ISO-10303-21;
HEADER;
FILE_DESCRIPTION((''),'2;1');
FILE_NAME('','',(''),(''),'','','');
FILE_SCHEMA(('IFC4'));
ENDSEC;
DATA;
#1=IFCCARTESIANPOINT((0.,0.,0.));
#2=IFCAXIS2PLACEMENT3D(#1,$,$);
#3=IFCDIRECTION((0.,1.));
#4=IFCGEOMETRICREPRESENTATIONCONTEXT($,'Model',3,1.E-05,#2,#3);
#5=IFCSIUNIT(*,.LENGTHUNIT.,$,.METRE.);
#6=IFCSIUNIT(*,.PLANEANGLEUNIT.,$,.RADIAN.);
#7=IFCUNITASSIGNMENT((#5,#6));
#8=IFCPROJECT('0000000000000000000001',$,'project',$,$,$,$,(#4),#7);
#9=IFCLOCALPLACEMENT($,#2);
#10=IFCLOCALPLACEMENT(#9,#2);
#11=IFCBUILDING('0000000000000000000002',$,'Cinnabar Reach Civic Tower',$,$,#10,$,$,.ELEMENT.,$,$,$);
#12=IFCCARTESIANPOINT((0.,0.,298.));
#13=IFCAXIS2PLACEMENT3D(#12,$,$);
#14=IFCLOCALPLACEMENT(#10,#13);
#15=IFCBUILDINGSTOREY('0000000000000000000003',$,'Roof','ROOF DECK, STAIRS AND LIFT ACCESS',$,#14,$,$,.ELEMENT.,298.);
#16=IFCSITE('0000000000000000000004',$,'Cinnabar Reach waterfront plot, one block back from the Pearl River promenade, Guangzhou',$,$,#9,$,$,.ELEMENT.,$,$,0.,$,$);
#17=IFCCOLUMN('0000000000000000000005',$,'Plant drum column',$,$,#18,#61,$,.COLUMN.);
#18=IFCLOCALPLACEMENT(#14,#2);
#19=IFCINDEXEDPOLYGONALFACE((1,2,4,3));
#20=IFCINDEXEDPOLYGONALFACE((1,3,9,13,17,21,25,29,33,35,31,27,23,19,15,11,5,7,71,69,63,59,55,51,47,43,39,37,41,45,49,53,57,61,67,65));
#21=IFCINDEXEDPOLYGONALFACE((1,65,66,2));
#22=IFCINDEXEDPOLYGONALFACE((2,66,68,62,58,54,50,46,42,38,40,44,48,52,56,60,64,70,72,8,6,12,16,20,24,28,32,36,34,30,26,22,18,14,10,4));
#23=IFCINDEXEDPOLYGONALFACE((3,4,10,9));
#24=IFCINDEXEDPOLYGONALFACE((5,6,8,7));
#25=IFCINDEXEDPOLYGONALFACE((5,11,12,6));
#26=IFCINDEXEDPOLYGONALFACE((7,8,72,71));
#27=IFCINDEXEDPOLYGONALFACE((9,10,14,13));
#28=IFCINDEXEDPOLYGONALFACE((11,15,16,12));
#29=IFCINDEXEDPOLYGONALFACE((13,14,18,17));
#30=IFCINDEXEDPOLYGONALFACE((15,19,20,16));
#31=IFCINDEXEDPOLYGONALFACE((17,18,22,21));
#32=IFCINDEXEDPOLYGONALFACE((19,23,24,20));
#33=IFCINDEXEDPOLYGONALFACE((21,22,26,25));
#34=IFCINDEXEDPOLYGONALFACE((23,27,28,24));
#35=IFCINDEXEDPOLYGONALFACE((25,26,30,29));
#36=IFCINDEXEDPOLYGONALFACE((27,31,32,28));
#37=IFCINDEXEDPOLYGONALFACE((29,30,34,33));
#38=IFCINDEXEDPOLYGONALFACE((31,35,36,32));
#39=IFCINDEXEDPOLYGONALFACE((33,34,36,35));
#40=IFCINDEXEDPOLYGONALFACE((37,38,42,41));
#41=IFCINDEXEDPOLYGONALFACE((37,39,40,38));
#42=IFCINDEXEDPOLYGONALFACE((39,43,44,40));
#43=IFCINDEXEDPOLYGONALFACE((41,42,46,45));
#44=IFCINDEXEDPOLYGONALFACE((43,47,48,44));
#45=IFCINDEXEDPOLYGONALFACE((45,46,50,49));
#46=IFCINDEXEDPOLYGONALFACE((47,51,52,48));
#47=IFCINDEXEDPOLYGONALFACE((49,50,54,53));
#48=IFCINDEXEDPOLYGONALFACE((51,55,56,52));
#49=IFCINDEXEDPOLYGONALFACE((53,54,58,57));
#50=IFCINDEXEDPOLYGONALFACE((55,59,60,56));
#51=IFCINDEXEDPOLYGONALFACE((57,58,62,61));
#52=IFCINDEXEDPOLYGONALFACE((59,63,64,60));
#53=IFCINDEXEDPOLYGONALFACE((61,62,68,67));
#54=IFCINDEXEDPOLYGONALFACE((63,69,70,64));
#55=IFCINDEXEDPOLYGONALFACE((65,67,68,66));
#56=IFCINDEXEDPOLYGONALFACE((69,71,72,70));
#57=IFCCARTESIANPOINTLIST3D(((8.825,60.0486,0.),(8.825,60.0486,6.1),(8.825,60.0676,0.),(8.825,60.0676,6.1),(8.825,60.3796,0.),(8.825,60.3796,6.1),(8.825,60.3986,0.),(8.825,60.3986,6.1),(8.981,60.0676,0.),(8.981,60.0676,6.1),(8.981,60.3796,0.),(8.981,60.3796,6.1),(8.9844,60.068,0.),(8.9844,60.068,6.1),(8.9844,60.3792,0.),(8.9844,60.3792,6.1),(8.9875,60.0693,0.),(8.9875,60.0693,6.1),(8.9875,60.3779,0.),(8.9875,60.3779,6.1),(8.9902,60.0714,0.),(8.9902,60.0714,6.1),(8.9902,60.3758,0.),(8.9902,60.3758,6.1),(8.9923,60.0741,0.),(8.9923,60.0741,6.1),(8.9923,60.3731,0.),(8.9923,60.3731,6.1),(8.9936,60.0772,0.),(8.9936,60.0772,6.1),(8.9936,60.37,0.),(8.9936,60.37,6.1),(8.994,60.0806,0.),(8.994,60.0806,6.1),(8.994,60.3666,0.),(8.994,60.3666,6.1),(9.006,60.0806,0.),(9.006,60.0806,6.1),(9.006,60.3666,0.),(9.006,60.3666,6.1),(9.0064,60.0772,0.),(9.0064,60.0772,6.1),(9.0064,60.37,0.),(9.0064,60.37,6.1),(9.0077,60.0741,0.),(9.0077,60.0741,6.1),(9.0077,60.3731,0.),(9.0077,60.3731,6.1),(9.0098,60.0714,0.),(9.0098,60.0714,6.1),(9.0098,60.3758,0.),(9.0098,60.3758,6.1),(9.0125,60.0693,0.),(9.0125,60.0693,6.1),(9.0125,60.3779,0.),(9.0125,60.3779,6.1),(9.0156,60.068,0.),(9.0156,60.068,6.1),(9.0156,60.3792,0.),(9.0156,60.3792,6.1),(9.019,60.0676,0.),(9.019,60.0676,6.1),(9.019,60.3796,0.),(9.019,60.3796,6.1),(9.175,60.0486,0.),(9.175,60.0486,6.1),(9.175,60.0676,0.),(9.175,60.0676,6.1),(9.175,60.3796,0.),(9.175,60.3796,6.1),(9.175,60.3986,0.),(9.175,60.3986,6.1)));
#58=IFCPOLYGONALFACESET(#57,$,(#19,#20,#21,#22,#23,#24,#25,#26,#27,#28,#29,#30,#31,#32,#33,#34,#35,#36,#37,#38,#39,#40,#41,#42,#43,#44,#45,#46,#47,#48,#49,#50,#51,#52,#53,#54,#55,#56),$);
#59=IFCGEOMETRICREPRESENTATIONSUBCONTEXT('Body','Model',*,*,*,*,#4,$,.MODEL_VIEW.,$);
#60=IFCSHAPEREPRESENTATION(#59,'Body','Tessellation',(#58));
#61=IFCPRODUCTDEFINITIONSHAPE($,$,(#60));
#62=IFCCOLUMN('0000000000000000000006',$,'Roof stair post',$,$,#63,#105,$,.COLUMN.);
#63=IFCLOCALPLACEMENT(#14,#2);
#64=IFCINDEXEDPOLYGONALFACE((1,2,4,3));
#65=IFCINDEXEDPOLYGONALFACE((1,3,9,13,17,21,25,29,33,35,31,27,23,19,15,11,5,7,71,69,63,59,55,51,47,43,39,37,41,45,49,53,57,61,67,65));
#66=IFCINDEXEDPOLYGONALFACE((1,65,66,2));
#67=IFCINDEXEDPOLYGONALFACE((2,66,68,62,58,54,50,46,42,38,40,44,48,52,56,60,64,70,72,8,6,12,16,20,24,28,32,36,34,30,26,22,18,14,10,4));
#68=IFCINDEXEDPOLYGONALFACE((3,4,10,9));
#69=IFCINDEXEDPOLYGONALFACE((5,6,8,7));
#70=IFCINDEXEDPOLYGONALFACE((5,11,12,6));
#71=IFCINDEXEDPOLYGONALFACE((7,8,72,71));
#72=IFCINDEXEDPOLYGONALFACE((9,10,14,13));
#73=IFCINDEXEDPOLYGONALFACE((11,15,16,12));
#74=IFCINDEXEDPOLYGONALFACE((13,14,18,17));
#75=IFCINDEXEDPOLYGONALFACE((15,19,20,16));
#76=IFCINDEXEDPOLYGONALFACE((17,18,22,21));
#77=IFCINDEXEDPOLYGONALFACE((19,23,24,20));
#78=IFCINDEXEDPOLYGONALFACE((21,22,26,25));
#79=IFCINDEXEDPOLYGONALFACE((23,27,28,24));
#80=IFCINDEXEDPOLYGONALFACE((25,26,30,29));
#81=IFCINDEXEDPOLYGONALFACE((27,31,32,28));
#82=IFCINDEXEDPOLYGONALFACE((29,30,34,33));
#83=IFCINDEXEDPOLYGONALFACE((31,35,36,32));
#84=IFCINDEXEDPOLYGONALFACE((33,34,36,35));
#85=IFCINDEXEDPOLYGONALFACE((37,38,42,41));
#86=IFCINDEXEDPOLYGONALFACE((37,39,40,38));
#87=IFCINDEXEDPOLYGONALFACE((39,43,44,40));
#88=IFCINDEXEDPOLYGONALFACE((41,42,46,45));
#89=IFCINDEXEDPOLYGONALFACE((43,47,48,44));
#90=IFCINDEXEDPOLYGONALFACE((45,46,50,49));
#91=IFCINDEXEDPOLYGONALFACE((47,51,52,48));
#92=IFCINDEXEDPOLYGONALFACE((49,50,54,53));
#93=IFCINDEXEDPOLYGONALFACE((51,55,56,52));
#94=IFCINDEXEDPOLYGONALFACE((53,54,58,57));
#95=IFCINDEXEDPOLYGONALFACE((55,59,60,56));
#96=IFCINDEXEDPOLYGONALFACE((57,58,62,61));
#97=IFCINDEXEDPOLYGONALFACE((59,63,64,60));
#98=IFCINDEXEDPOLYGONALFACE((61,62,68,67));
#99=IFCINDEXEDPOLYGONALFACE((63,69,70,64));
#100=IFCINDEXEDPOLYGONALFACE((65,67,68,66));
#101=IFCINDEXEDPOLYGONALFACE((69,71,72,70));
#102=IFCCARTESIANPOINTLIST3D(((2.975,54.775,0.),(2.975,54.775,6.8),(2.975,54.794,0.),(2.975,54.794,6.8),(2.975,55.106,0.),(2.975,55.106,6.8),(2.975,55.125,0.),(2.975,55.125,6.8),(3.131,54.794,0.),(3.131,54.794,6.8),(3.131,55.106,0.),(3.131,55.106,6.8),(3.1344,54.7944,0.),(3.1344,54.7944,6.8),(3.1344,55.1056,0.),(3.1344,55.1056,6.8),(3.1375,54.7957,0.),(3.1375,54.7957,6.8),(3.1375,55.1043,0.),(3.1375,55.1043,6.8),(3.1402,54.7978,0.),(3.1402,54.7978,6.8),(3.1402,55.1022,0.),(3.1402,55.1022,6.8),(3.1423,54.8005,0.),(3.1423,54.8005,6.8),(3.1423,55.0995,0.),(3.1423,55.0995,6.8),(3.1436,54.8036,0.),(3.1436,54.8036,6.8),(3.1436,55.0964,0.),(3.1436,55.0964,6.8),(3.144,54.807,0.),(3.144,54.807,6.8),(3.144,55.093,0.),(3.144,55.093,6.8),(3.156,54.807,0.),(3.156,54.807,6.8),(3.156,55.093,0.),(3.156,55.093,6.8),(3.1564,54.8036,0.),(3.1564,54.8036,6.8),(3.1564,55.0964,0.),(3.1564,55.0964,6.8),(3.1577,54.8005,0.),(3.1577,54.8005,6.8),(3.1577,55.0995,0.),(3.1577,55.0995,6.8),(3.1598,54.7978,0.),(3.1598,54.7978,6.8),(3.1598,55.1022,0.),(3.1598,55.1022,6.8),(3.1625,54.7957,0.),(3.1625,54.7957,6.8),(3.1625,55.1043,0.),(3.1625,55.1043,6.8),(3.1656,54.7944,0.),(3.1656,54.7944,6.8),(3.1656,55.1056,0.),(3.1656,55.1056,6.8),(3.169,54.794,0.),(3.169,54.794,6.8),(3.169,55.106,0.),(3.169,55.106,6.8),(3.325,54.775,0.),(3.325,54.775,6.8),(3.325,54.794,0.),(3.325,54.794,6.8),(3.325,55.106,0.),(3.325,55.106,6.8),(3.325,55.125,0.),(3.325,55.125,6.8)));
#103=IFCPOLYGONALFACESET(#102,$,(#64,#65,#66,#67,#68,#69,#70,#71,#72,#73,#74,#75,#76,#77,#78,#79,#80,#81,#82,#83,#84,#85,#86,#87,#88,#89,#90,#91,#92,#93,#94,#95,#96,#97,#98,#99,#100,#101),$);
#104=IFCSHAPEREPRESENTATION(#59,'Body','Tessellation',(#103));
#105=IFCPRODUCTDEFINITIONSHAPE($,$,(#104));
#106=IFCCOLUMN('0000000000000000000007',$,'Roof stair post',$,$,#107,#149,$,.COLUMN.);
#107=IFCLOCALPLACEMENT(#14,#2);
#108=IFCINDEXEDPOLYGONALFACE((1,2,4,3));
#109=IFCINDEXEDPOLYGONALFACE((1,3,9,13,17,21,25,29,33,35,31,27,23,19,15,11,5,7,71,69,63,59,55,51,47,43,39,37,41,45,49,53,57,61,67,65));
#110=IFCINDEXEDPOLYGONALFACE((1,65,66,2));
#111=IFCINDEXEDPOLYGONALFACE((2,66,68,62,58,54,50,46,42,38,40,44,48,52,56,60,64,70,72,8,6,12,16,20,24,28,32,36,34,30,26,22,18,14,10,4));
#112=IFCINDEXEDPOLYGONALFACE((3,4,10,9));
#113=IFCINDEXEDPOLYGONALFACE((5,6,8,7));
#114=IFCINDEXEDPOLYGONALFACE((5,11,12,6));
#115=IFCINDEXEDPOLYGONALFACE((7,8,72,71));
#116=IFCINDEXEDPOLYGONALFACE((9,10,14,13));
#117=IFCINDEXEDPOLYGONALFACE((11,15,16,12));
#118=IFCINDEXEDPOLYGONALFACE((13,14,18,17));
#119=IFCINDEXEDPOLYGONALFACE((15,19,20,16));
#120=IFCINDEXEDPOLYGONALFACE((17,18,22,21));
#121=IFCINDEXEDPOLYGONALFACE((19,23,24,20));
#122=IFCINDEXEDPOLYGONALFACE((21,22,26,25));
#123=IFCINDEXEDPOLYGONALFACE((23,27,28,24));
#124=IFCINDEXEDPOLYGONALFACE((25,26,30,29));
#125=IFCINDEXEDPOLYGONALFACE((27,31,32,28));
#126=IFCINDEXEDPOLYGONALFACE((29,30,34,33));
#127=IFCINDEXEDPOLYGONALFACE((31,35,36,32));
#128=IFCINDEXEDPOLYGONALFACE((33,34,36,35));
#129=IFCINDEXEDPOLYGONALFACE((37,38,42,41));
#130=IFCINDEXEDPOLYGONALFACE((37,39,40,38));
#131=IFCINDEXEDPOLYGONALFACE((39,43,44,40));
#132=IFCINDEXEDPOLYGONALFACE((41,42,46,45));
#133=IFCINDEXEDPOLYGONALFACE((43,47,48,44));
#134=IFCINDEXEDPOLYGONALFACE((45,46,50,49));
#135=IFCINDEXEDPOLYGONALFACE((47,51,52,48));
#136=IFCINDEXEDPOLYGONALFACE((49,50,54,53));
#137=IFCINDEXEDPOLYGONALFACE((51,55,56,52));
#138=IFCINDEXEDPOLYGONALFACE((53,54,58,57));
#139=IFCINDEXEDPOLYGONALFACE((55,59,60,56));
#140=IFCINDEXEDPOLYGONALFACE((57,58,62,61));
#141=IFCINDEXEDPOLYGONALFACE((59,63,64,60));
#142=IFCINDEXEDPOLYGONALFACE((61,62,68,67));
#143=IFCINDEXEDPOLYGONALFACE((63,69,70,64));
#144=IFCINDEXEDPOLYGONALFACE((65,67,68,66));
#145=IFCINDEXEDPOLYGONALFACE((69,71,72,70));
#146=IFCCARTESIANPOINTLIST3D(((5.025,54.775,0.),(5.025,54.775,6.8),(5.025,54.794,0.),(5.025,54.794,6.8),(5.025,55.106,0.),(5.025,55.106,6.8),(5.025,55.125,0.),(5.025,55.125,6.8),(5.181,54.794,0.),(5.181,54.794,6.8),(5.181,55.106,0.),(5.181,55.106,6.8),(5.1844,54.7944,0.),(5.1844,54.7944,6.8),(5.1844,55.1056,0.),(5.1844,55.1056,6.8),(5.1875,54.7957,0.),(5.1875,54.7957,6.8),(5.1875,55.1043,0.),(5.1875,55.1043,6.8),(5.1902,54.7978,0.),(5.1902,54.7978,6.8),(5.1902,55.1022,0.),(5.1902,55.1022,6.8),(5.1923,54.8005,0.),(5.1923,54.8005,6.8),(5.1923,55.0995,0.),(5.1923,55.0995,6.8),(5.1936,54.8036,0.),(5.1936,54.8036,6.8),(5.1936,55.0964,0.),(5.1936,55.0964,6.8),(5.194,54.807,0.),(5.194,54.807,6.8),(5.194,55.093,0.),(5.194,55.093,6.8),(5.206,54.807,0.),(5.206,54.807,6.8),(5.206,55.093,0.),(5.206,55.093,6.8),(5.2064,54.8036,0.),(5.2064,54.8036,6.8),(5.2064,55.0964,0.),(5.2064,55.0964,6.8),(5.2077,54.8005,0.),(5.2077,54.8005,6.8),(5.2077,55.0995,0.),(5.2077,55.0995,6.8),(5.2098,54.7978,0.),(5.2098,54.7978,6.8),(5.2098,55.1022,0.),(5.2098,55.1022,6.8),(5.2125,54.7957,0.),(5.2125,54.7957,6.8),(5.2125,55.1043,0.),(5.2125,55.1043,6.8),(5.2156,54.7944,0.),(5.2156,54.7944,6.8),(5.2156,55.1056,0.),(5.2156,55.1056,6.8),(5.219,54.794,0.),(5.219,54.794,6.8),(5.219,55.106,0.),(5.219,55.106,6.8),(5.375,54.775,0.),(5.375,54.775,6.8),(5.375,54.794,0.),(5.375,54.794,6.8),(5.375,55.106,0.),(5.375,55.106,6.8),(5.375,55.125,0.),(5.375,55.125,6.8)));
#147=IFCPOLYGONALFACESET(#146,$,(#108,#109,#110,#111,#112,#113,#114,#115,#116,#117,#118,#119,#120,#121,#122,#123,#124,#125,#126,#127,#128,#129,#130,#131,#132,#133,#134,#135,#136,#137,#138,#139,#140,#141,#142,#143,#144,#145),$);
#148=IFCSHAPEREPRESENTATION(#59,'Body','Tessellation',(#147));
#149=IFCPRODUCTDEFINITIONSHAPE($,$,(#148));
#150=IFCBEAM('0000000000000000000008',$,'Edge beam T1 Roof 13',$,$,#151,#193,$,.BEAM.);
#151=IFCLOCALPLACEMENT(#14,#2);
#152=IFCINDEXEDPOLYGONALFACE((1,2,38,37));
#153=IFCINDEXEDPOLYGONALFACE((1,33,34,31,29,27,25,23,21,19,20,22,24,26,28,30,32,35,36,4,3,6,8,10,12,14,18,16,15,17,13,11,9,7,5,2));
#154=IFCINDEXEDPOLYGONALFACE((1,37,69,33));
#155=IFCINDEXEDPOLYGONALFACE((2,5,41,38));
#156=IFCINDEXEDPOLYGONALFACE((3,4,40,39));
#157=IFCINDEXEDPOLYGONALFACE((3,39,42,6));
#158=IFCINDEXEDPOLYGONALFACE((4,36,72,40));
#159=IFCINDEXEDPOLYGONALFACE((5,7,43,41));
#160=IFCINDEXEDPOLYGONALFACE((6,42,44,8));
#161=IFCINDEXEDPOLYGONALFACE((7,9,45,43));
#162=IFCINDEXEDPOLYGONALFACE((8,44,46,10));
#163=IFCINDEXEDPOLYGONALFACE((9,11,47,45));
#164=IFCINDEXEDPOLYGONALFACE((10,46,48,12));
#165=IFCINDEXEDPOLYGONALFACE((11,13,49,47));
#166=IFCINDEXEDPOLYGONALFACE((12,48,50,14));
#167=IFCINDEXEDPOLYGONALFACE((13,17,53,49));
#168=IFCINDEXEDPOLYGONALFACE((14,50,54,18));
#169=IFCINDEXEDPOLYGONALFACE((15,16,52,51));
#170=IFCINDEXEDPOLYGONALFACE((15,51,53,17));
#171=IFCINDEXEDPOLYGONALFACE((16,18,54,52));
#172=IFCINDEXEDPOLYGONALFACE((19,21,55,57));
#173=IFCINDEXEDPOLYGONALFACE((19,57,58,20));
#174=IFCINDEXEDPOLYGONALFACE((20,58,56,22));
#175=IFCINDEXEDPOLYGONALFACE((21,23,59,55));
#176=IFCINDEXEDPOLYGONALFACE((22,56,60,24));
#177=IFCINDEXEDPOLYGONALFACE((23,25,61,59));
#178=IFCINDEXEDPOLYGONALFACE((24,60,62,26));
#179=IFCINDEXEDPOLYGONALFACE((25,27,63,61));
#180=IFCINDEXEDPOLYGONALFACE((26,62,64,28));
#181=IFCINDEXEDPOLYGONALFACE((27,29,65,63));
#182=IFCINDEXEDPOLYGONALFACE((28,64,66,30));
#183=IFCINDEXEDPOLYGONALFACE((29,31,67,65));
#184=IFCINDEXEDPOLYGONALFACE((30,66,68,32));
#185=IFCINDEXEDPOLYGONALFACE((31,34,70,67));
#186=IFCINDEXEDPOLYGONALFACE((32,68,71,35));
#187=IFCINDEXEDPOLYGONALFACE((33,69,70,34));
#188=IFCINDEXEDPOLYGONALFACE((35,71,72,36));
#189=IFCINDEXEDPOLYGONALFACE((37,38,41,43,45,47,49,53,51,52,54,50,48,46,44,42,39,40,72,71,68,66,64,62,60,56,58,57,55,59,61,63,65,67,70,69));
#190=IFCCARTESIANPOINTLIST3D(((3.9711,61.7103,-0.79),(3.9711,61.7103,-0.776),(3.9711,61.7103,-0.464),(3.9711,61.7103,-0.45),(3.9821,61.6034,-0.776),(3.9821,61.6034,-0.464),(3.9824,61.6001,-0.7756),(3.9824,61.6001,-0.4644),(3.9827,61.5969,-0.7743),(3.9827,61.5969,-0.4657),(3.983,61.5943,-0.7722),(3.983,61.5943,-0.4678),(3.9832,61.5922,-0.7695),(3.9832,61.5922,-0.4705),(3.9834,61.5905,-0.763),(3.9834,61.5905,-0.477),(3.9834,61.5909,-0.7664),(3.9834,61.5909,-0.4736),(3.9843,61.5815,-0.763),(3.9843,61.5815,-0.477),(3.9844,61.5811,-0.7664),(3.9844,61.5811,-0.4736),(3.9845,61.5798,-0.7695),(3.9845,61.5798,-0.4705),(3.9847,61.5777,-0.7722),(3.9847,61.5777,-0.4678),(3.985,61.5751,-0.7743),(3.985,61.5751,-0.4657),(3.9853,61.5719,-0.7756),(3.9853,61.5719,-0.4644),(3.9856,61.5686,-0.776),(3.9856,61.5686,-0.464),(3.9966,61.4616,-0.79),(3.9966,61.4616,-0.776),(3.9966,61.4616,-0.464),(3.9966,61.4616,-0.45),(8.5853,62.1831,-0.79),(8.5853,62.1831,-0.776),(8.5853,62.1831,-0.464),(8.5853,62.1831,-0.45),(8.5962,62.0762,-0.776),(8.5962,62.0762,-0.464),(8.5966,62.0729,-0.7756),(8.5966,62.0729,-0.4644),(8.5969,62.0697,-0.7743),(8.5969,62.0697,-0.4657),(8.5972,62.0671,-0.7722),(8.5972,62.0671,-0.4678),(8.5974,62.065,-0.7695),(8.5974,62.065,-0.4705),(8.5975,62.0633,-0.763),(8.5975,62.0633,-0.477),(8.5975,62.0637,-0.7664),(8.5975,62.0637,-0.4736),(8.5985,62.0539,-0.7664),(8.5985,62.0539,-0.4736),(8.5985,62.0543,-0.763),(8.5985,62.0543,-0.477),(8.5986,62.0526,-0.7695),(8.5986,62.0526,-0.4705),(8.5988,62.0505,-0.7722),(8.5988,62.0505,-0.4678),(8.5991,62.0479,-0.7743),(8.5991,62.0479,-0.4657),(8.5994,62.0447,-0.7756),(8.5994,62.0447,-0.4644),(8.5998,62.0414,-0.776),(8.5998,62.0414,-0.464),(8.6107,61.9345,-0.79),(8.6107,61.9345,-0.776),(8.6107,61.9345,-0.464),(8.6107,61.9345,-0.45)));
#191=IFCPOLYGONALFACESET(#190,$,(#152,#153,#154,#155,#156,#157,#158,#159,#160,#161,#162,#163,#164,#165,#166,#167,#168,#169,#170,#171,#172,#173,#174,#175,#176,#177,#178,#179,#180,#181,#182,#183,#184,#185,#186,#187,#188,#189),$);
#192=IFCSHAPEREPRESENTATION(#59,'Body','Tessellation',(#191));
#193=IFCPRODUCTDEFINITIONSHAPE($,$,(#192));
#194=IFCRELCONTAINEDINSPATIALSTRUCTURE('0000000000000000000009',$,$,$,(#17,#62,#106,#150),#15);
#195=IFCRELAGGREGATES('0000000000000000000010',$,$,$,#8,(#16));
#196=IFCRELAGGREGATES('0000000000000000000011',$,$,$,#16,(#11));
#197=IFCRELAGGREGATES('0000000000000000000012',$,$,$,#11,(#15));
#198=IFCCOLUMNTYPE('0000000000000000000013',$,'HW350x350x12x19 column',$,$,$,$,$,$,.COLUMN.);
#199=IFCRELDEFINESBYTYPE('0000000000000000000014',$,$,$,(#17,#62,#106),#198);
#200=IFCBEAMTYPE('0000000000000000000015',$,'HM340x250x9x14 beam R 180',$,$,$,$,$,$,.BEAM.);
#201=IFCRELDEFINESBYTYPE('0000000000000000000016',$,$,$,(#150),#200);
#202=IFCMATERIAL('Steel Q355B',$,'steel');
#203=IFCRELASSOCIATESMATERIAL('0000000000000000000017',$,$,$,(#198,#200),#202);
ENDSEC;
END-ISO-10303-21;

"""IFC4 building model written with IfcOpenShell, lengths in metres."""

from ifc_helpers import new_model, si_unit, direction, frame, origin, origin_2d, place, context, subcontext, project, spatial, i_section, extrude, material, material_profile, profile_set, type_object, element, save


model = new_model("IFC4")

# Units and contexts
model_context = context("Model", 3, precision=1e-05, world=origin(), true_north=direction((0.0, 1.0)))
body_context = subcontext(model_context, "Body", "Model", "MODEL_VIEW")
ifc_project = project(units=[si_unit("LENGTHUNIT", "METRE"), si_unit("PLANEANGLEUNIT", "RADIAN")], contexts=[model_context])

# Site, building, storey
site_placement = place(None, origin())
site = spatial("IfcSite", under=ifc_project, at=site_placement, Name="Cinnabar Reach waterfront plot, one block back from the Pearl River promenade, Guangzhou", CompositionType="ELEMENT", RefElevation=0.0)
building_placement = place(site_placement, origin())
building = spatial("IfcBuilding", under=site, at=building_placement, Name="Cinnabar Reach Civic Tower", CompositionType="ELEMENT")
storey_placement = place(building_placement, frame((0.0, 0.0, 298.0)))
storey = spatial("IfcBuildingStorey", under=building, at=storey_placement, Name="Roof", Description="ROOF DECK, STAIRS AND LIFT ACCESS", CompositionType="ELEMENT", Elevation=298.0)

# Columns
ifc_material_1 = material(Name="Steel Q355B", Category="steel")
ifc_material_profile_1 = material_profile(ifc_material_1, i_section(OverallWidth=0.35, OverallDepth=0.35, WebThickness=0.012, FlangeThickness=0.019, FilletRadius=0.013, at=origin_2d()), Name="HW350x350x12x19")
ifc_profile_set_1 = profile_set([ifc_material_profile_1], Name="Steel Q355B")
column_type = type_object("IfcColumnType", Name="HW350x350x12x19 column", PredefinedType="COLUMN", material=ifc_profile_set_1)
column_placement = place(storey_placement, frame((9.0, 60.2236, 0.0), z_axis=(0.0, 0.0, 1.0), x_axis=(1.0, 0.0, 0.0)))
element("IfcColumn", 1, at=column_placement, inside=storey, type_object=column_type, Name="Plant drum column", PredefinedType="COLUMN", context=body_context, shape_type="SweptSolid", body=[
    extrude(i_section(OverallWidth=0.35, OverallDepth=0.35, WebThickness=0.012, FlangeThickness=0.019, FilletRadius=0.013, at=origin_2d()), origin(), (0.0, 0.0, 1.0), 6.1),
])
for number, where, z_axis, x_axis, name in (
    (2, (3.15, 54.95, 0.0), (0.0, 0.0, 1.0), (1.0, 0.0, 0.0), "Roof stair post"),
    (3, (5.2, 54.95, 0.0), (0.0, 0.0, 1.0), (1.0, 0.0, 0.0), "Roof stair post"),
):
    element("IfcColumn", number, at=place(storey_placement, frame(where, z_axis=z_axis, x_axis=x_axis)), inside=storey, type_object=column_type, Name=name, PredefinedType="COLUMN", context=body_context, shape_type="SweptSolid", body=[
        extrude(i_section(OverallWidth=0.35, OverallDepth=0.35, WebThickness=0.012, FlangeThickness=0.019, FilletRadius=0.013, at=origin_2d()), origin(), (0.0, 0.0, 1.0), 6.8),
    ])

# Beam
ifc_material_profile_2 = material_profile(ifc_material_1, i_section(OverallWidth=0.25, OverallDepth=0.34, WebThickness=0.009, FlangeThickness=0.014, FilletRadius=0.013, at=origin_2d()), Name="HM340x250x9x14")
ifc_profile_set_2 = profile_set([ifc_material_profile_2], Name="Steel Q355B")
beam_type_1 = type_object("IfcBeamType", Name="HM340x250x9x14 beam R 180", PredefinedType="BEAM", material=ifc_profile_set_2)
beam_1_placement = place(storey_placement, frame((8.598, 62.0588, -0.62), z_axis=(-0.994791, -0.101935, 0.0), x_axis=(0.101935, -0.994791, 0.0)))
element("IfcBeam", 4, at=beam_1_placement, inside=storey, type_object=beam_type_1, Name="Edge beam T1 Roof 13", PredefinedType="BEAM", context=body_context, shape_type="SweptSolid", body=[
    extrude(i_section(OverallWidth=0.25, OverallDepth=0.34, WebThickness=0.009, FlangeThickness=0.014, FilletRadius=0.013, at=origin_2d()), origin(), (0.0, 0.0, 1.0), 4.6383),
])

save(model, "model.ifc")
